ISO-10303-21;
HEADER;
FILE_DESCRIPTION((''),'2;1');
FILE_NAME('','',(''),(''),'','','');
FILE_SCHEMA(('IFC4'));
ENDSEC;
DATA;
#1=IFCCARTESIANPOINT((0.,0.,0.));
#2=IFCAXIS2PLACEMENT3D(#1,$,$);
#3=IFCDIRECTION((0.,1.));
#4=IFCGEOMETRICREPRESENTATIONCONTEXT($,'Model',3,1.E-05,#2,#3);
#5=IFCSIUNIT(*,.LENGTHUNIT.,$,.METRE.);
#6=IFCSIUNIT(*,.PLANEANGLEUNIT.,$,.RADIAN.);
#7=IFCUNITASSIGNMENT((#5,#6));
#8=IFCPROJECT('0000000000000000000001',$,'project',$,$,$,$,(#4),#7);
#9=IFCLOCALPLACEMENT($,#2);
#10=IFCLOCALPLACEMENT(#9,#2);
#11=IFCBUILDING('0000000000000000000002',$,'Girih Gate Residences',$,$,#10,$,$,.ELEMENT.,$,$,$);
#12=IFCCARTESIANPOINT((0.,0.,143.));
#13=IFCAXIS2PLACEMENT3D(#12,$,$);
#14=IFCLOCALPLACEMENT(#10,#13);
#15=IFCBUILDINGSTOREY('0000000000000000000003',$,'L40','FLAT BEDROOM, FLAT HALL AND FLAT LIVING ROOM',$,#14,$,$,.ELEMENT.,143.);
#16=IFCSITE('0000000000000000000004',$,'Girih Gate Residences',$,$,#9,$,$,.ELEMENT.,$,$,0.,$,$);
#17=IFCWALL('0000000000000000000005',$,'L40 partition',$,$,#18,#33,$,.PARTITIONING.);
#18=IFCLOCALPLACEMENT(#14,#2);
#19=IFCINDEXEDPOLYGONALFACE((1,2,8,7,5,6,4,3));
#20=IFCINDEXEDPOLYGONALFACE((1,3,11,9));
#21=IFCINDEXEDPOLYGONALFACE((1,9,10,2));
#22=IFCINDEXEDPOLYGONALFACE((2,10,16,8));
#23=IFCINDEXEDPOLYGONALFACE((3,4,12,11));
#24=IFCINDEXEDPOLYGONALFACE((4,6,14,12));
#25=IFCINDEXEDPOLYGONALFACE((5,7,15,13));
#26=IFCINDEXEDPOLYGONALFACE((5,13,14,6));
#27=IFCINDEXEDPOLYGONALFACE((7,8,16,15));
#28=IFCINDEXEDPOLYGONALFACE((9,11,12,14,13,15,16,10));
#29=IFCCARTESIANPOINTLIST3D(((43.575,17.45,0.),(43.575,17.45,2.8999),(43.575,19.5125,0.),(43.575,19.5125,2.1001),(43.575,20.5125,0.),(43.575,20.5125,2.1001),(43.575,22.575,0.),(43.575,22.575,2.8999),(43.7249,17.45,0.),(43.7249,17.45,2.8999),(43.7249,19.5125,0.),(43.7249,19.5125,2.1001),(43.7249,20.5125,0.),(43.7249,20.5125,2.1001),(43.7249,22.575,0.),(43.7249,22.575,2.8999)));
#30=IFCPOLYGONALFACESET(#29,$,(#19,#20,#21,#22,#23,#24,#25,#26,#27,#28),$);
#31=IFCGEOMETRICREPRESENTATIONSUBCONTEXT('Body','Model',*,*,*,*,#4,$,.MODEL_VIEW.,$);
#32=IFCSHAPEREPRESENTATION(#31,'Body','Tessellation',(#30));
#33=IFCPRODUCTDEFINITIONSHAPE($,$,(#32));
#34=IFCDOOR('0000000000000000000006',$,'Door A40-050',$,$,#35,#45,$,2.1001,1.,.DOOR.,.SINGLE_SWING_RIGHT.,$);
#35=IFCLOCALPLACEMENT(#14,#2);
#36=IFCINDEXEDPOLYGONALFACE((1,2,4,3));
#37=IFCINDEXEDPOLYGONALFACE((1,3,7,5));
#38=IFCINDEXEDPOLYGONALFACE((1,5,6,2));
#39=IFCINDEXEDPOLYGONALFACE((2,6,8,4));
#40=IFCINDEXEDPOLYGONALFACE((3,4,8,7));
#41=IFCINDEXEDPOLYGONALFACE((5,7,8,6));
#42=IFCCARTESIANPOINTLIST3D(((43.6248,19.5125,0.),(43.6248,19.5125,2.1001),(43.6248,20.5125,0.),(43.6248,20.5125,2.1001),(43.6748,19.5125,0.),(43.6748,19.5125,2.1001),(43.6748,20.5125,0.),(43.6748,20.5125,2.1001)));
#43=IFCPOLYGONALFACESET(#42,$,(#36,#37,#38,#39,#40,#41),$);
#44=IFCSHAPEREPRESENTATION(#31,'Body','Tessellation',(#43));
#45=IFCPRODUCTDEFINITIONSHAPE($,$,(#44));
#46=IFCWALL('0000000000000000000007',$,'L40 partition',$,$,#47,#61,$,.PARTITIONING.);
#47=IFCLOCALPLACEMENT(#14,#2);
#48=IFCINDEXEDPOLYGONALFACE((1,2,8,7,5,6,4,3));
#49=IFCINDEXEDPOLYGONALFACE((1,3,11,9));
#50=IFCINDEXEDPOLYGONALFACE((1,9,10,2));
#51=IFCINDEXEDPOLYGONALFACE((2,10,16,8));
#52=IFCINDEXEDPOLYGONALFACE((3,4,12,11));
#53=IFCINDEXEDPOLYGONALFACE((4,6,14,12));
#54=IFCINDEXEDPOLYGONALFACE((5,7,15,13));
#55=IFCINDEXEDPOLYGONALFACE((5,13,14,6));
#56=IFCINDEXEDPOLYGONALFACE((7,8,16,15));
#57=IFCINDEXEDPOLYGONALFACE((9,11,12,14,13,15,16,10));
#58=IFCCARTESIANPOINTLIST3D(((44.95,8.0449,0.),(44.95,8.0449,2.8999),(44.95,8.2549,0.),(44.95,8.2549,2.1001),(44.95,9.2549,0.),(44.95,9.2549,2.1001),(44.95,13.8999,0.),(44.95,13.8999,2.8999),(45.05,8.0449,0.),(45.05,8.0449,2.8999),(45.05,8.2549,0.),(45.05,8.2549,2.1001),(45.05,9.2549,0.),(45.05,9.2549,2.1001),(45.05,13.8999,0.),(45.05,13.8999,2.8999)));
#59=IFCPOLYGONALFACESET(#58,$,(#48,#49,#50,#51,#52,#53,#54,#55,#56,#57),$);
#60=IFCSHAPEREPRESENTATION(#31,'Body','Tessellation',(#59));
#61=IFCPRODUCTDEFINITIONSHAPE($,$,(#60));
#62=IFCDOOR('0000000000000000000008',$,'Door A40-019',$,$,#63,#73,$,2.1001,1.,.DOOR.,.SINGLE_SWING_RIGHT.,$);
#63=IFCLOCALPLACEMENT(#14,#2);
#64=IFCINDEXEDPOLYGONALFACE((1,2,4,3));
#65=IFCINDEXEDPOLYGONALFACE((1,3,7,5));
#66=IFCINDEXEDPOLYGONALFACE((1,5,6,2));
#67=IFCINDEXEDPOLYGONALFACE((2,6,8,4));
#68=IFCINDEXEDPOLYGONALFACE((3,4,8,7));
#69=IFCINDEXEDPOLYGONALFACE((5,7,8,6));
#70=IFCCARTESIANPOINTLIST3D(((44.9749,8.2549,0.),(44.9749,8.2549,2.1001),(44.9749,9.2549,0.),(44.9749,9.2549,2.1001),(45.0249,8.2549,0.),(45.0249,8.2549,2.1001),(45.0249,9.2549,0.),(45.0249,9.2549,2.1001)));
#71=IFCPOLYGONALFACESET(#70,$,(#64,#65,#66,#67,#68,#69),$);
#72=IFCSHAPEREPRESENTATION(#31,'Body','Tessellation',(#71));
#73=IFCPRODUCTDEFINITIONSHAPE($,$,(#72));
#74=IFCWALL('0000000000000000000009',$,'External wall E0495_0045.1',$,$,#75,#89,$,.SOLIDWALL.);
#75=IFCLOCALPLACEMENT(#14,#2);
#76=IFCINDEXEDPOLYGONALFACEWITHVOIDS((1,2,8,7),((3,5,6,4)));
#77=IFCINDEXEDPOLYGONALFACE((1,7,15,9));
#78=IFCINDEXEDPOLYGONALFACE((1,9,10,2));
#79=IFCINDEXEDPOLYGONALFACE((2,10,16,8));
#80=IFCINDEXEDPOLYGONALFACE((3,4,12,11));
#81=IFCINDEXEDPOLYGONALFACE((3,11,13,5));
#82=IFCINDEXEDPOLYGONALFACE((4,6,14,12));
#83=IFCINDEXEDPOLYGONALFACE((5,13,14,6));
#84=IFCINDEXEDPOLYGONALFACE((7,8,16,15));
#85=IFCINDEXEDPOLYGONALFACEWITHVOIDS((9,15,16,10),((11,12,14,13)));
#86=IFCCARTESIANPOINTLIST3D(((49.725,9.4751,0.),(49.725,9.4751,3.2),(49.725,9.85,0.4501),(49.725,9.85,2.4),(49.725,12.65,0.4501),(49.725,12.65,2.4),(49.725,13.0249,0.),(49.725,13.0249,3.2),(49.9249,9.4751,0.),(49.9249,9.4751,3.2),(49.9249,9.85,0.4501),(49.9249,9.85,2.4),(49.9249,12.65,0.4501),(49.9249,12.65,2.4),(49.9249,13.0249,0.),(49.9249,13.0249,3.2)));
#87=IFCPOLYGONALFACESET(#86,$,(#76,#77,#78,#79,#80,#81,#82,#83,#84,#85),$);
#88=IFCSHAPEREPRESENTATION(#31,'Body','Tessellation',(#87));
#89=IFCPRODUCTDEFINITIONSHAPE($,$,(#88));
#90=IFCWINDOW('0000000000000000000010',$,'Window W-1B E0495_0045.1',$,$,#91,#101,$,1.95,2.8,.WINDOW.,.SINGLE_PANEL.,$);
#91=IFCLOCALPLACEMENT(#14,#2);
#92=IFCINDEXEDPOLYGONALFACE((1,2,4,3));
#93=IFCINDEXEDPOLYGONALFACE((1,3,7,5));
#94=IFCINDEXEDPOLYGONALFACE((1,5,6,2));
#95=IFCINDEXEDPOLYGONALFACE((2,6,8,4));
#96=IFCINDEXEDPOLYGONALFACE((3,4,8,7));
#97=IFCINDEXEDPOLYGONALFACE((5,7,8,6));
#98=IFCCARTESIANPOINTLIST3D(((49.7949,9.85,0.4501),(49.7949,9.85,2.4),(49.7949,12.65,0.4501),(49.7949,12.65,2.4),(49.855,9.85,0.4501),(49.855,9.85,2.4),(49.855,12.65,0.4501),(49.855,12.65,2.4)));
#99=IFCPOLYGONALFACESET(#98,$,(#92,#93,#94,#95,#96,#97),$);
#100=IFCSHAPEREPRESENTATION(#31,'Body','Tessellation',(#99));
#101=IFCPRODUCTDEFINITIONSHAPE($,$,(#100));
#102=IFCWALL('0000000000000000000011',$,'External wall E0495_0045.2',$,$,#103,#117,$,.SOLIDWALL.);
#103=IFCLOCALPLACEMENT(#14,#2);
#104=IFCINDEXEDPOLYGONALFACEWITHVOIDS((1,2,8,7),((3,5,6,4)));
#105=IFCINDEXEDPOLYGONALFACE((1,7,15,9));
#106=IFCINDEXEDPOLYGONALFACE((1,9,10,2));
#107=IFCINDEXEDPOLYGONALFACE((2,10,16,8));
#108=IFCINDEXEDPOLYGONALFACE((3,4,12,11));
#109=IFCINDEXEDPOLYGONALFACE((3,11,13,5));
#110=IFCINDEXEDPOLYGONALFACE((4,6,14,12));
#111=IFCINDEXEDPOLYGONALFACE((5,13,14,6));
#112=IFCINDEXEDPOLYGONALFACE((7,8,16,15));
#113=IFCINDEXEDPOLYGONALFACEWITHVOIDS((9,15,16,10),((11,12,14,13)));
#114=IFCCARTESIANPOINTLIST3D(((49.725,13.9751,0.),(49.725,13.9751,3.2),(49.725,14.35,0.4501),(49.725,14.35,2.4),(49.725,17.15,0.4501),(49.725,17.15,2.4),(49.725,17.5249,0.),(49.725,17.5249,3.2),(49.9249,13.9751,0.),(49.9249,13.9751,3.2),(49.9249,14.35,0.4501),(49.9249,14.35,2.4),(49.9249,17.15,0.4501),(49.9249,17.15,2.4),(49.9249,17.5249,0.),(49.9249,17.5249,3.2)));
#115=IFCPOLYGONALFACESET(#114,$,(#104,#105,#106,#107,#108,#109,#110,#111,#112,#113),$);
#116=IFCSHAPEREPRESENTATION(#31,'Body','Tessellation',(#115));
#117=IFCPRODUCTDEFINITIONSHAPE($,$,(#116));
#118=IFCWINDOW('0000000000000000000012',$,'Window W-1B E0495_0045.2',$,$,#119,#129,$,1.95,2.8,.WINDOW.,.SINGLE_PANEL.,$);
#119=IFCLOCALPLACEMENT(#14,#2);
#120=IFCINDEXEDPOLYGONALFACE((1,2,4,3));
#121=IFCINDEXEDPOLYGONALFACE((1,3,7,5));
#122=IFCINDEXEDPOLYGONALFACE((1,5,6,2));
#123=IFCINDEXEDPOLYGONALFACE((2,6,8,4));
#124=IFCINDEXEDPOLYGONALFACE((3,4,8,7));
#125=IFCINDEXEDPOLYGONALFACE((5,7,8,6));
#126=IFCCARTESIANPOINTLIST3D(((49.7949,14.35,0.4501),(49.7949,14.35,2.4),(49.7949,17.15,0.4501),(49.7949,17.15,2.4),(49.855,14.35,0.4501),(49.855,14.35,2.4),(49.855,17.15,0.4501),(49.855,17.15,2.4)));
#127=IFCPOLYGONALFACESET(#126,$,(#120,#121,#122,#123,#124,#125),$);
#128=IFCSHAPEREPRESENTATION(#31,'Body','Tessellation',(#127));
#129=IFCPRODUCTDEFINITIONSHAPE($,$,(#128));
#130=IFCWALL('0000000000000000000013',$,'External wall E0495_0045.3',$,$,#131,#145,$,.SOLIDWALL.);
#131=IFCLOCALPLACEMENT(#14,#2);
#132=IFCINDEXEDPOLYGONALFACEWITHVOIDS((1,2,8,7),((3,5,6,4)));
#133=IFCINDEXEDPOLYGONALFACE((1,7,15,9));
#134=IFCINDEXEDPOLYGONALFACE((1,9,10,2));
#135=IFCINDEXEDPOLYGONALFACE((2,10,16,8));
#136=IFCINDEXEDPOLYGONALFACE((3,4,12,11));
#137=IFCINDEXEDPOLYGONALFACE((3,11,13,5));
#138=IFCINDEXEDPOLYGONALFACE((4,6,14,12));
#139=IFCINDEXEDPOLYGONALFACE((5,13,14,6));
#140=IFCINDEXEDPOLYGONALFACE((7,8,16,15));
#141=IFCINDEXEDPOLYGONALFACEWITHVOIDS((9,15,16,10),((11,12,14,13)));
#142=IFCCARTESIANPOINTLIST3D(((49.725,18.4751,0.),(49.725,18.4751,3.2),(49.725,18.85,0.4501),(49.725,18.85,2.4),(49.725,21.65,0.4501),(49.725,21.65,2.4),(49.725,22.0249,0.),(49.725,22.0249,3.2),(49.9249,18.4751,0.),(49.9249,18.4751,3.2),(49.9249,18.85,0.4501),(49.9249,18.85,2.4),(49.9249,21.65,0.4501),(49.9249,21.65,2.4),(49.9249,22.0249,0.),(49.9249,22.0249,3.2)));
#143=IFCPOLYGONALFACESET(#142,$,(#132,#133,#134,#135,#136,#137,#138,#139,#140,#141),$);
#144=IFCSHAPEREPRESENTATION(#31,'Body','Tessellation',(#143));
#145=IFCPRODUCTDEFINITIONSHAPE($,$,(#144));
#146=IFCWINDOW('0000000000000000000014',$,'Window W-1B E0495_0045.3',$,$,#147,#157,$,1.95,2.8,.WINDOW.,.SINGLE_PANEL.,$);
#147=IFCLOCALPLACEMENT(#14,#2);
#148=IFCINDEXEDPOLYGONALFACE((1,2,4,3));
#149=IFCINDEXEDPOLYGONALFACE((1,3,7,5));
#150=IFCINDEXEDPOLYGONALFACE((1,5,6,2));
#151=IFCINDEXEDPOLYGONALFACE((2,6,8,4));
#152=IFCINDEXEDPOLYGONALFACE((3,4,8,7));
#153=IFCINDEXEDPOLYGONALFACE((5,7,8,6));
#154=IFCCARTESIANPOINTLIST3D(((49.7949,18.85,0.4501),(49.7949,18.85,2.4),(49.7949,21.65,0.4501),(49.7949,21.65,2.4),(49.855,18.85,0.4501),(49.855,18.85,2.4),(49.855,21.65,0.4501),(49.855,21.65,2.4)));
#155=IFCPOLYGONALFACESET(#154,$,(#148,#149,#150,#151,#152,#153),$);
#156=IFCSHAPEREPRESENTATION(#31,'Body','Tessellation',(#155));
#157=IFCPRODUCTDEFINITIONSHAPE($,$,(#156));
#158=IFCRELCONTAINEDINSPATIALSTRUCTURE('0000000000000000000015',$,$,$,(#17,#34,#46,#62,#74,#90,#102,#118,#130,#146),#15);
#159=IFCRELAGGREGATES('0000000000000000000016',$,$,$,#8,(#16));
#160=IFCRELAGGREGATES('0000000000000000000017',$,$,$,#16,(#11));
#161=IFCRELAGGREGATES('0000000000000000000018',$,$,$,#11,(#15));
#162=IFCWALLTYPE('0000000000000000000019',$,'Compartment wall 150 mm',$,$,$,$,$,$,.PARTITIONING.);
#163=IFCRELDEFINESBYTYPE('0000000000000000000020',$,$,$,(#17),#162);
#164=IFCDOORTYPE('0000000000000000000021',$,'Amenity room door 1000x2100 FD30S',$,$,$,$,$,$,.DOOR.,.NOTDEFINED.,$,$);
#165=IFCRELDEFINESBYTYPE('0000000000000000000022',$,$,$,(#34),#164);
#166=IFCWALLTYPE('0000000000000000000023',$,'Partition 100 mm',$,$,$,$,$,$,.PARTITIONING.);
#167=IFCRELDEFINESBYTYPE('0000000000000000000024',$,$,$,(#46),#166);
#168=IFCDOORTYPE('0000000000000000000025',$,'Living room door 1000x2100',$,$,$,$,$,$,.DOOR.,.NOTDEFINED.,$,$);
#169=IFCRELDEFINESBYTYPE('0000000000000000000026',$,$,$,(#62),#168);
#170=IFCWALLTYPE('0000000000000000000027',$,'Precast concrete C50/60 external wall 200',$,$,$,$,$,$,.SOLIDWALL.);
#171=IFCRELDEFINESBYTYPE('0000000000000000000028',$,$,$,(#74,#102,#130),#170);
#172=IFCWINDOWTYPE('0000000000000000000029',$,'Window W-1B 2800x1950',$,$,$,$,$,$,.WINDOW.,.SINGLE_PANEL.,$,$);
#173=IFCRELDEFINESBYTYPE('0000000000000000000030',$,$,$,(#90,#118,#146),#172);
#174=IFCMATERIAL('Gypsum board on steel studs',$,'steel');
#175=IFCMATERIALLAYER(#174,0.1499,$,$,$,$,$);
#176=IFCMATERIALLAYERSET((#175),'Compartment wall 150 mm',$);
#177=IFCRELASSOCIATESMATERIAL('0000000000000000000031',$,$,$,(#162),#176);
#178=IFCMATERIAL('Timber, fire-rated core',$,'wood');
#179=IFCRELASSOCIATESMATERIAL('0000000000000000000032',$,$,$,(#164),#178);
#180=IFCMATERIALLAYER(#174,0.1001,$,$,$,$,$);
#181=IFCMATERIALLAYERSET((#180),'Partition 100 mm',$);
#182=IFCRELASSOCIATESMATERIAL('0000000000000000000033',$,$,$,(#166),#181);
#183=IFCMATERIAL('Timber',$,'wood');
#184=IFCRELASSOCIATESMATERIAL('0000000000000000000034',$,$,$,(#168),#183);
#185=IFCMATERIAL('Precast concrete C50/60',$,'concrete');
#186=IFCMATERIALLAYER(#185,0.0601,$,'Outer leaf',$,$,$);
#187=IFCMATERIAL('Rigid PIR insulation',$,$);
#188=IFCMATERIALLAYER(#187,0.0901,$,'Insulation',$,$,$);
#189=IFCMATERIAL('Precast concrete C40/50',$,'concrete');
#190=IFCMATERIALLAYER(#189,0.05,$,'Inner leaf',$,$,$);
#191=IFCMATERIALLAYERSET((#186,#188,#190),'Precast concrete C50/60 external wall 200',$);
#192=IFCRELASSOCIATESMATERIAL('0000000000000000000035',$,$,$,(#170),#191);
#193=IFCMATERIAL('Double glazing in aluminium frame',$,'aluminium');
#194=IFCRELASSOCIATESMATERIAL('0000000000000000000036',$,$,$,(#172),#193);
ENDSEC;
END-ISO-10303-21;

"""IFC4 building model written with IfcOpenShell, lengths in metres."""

from ifc_helpers import new_model, si_unit, direction, frame, frame_2d, origin, place, context, subcontext, project, spatial, rectangle, extrude, material, layer, layer_set, type_object, element, fill, save


model = new_model("IFC4")

# Units and contexts
model_context = context("Model", 3, precision=1e-05, world=origin(), true_north=direction((0.0, 1.0)))
body_context = subcontext(model_context, "Body", "Model", "MODEL_VIEW")
ifc_project = project(units=[si_unit("LENGTHUNIT", "METRE"), si_unit("PLANEANGLEUNIT", "RADIAN")], contexts=[model_context])

# Site, building, storey
site_placement = place(None, origin())
site = spatial("IfcSite", under=ifc_project, at=site_placement, Name="Girih Gate Residences", CompositionType="ELEMENT", RefElevation=0.0)
building_placement = place(site_placement, origin())
building = spatial("IfcBuilding", under=site, at=building_placement, Name="Girih Gate Residences", CompositionType="ELEMENT")
storey_placement = place(building_placement, frame((0.0, 0.0, 143.0)))
storey = spatial("IfcBuildingStorey", under=building, at=storey_placement, Name="L40", Description="FLAT BEDROOM, FLAT HALL AND FLAT LIVING ROOM", CompositionType="ELEMENT", Elevation=143.0)

# Shared definitions
ifc_material_1 = material(Name="Gypsum board on steel studs", Category="steel")
ifc_layer_1 = layer(ifc_material_1, 0.1499)
ifc_layer_set_1 = layer_set([ifc_layer_1], Name="Compartment wall 150 mm")
wall_type_1 = type_object("IfcWallType", Name="Compartment wall 150 mm", PredefinedType="PARTITIONING", material=ifc_layer_set_1)
ifc_material_2 = material(Name="Timber, fire-rated core", Category="wood")

# Walls, openings, doors
wall_1_placement = place(storey_placement, frame((43.6499, 22.575, 0.0), z_axis=(0.0, 0.0, 1.0), x_axis=(0.0, -1.0, 0.0)))
wall_1 = element("IfcWall", 1, at=wall_1_placement, inside=storey, type_object=wall_type_1, Name="L40 partition", PredefinedType="PARTITIONING", context=body_context, shape_type="SweptSolid", body=[
    extrude(rectangle(XDim=5.125, YDim=0.1499, at=frame_2d((2.5625, 0.0))), origin(), (0.0, 0.0, 1.0), 2.8999),
])
opening_1_placement = place(wall_1_placement, frame((2.0625, 0.0, 0.0)))
opening_1 = element("IfcOpeningElement", 2, at=opening_1_placement, cuts=wall_1, PredefinedType="OPENING", context=body_context, shape_type="SweptSolid", body=[
    extrude(rectangle(XDim=1.0, YDim=2.1001, at=frame_2d((0.5, 1.05))), frame((0.0, 0.085, 0.0), z_axis=(0.0, -1.0, 0.0), x_axis=(1.0, 0.0, 0.0)), (0.0, 0.0, 1.0), 0.1699),
])
door_type_1 = type_object("IfcDoorType", Name="Amenity room door 1000x2100 FD30S", OperationType="NOTDEFINED", PredefinedType="DOOR", material=ifc_material_2)
door_1_placement = place(opening_1_placement, origin())
door_1 = element("IfcDoor", 3, at=door_1_placement, inside=storey, type_object=door_type_1, Name="Door A40-050", OperationType="SINGLE_SWING_RIGHT", OverallHeight=2.1001, OverallWidth=1.0, PredefinedType="DOOR", context=body_context, shape_type="SweptSolid", body=[
    extrude(rectangle(XDim=1.0, YDim=2.1001, at=frame_2d((0.5, 1.05))), frame((0.0, 0.0249, 0.0), z_axis=(0.0, -1.0, 0.0), x_axis=(1.0, 0.0, 0.0)), (0.0, 0.0, 1.0), 0.05),
])
fill(opening_1, door_1)
ifc_layer_2 = layer(ifc_material_1, 0.1001)
ifc_layer_set_2 = layer_set([ifc_layer_2], Name="Partition 100 mm")
wall_type_2 = type_object("IfcWallType", Name="Partition 100 mm", PredefinedType="PARTITIONING", material=ifc_layer_set_2)
wall_2_placement = place(storey_placement, frame((45.0, 13.8999, 0.0), z_axis=(0.0, 0.0, 1.0), x_axis=(0.0, -1.0, 0.0)))
wall_2 = element("IfcWall", 4, at=wall_2_placement, inside=storey, type_object=wall_type_2, Name="L40 partition", PredefinedType="PARTITIONING", context=body_context, shape_type="SweptSolid", body=[
    extrude(rectangle(XDim=5.855, YDim=0.1001, at=frame_2d((2.9275, 0.0))), origin(), (0.0, 0.0, 1.0), 2.8999),
])
opening_2_placement = place(wall_2_placement, frame((4.645, 0.0, 0.0)))
opening_2 = element("IfcOpeningElement", 5, at=opening_2_placement, cuts=wall_2, PredefinedType="OPENING", context=body_context, shape_type="SweptSolid", body=[
    extrude(rectangle(XDim=1.0, YDim=2.1001, at=frame_2d((0.5, 1.05))), frame((0.0, 0.0601, 0.0), z_axis=(0.0, -1.0, 0.0), x_axis=(1.0, 0.0, 0.0)), (0.0, 0.0, 1.0), 0.1201),
])
ifc_material_3 = material(Name="Timber", Category="wood")
door_type_2 = type_object("IfcDoorType", Name="Living room door 1000x2100", OperationType="NOTDEFINED", PredefinedType="DOOR", material=ifc_material_3)
door_2_placement = place(opening_2_placement, origin())
door_2 = element("IfcDoor", 6, at=door_2_placement, inside=storey, type_object=door_type_2, Name="Door A40-019", OperationType="SINGLE_SWING_RIGHT", OverallHeight=2.1001, OverallWidth=1.0, PredefinedType="DOOR", context=body_context, shape_type="SweptSolid", body=[
    extrude(rectangle(XDim=1.0, YDim=2.1001, at=frame_2d((0.5, 1.05))), frame((0.0, 0.0249, 0.0), z_axis=(0.0, -1.0, 0.0), x_axis=(1.0, 0.0, 0.0)), (0.0, 0.0, 1.0), 0.05),
])
fill(opening_2, door_2)

# Walls, openings, windows
ifc_material_4 = material(Name="Precast concrete C50/60", Category="concrete")
ifc_layer_3 = layer(ifc_material_4, 0.0601, Name="Outer leaf")
ifc_material_5 = material(Name="Rigid PIR insulation")
ifc_layer_4 = layer(ifc_material_5, 0.0901, Name="Insulation")
ifc_material_6 = material(Name="Precast concrete C40/50", Category="concrete")
ifc_layer_5 = layer(ifc_material_6, 0.05, Name="Inner leaf")
ifc_layer_set_3 = layer_set([ifc_layer_3, ifc_layer_4, ifc_layer_5], Name="Precast concrete C50/60 external wall 200")
wall_type_3 = type_object("IfcWallType", Name="Precast concrete C50/60 external wall 200", PredefinedType="SOLIDWALL", material=ifc_layer_set_3)
wall_3_placement = place(storey_placement, frame((49.825, 13.0249, 0.0), z_axis=(0.0, 0.0, 1.0), x_axis=(0.0, -1.0, 0.0)))
wall_3 = element("IfcWall", 7, at=wall_3_placement, inside=storey, type_object=wall_type_3, Name="External wall E0495_0045.1", PredefinedType="SOLIDWALL", context=body_context, shape_type="SweptSolid", body=[
    extrude(rectangle(XDim=3.5498, YDim=0.2, at=frame_2d((1.7749, 0.0))), origin(), (0.0, 0.0, 1.0), 3.2),
])
opening_3_placement = place(wall_3_placement, frame((0.375, 0.0, 0.45)))
opening_3 = element("IfcOpeningElement", 8, at=opening_3_placement, cuts=wall_3, PredefinedType="OPENING", context=body_context, shape_type="SweptSolid", body=[
    extrude(rectangle(XDim=2.8, YDim=1.95, at=frame_2d((1.3999, 0.9751))), frame((0.0, 0.1099, 0.0), z_axis=(0.0, -1.0, 0.0), x_axis=(1.0, 0.0, 0.0)), (0.0, 0.0, 1.0), 0.22),
])
ifc_material_7 = material(Name="Double glazing in aluminium frame", Category="aluminium")
window_type = type_object("IfcWindowType", Name="Window W-1B 2800x1950", PartitioningType="SINGLE_PANEL", PredefinedType="WINDOW", material=ifc_material_7)
window_1_placement = place(opening_3_placement, origin())
window_1 = element("IfcWindow", 9, at=window_1_placement, inside=storey, type_object=window_type, Name="Window W-1B E0495_0045.1", OverallHeight=1.95, OverallWidth=2.8, PartitioningType="SINGLE_PANEL", PredefinedType="WINDOW", context=body_context, shape_type="SweptSolid", body=[
    extrude(rectangle(XDim=2.8, YDim=1.95, at=frame_2d((1.3999, 0.9751))), frame((0.0, 0.03, 0.0), z_axis=(0.0, -1.0, 0.0), x_axis=(1.0, 0.0, 0.0)), (0.0, 0.0, 1.0), 0.0601),
])
fill(opening_3, window_1)
wall_4_placement = place(storey_placement, frame((49.825, 17.5249, 0.0), z_axis=(0.0, 0.0, 1.0), x_axis=(0.0, -1.0, 0.0)))
wall_4 = element("IfcWall", 10, at=wall_4_placement, inside=storey, type_object=wall_type_3, Name="External wall E0495_0045.2", PredefinedType="SOLIDWALL", context=body_context, shape_type="SweptSolid", body=[
    extrude(rectangle(XDim=3.5498, YDim=0.2, at=frame_2d((1.7749, 0.0))), origin(), (0.0, 0.0, 1.0), 3.2),
])
opening_4_placement = place(wall_4_placement, frame((0.375, 0.0, 0.45)))
opening_4 = element("IfcOpeningElement", 11, at=opening_4_placement, cuts=wall_4, PredefinedType="OPENING", context=body_context, shape_type="SweptSolid", body=[
    extrude(rectangle(XDim=2.8, YDim=1.95, at=frame_2d((1.3999, 0.9751))), frame((0.0, 0.1099, 0.0), z_axis=(0.0, -1.0, 0.0), x_axis=(1.0, 0.0, 0.0)), (0.0, 0.0, 1.0), 0.22),
])
window_2_placement = place(opening_4_placement, origin())
window_2 = element("IfcWindow", 12, at=window_2_placement, inside=storey, type_object=window_type, Name="Window W-1B E0495_0045.2", OverallHeight=1.95, OverallWidth=2.8, PartitioningType="SINGLE_PANEL", PredefinedType="WINDOW", context=body_context, shape_type="SweptSolid", body=[
    extrude(rectangle(XDim=2.8, YDim=1.95, at=frame_2d((1.3999, 0.9751))), frame((0.0, 0.03, 0.0), z_axis=(0.0, -1.0, 0.0), x_axis=(1.0, 0.0, 0.0)), (0.0, 0.0, 1.0), 0.0601),
])
fill(opening_4, window_2)
wall_5_placement = place(storey_placement, frame((49.825, 22.0249, 0.0), z_axis=(0.0, 0.0, 1.0), x_axis=(0.0, -1.0, 0.0)))
wall_5 = element("IfcWall", 13, at=wall_5_placement, inside=storey, type_object=wall_type_3, Name="External wall E0495_0045.3", PredefinedType="SOLIDWALL", context=body_context, shape_type="SweptSolid", body=[
    extrude(rectangle(XDim=3.5498, YDim=0.2, at=frame_2d((1.7749, 0.0))), origin(), (0.0, 0.0, 1.0), 3.2),
])
opening_5_placement = place(wall_5_placement, frame((0.375, 0.0, 0.45)))
opening_5 = element("IfcOpeningElement", 14, at=opening_5_placement, cuts=wall_5, PredefinedType="OPENING", context=body_context, shape_type="SweptSolid", body=[
    extrude(rectangle(XDim=2.8, YDim=1.95, at=frame_2d((1.3999, 0.9751))), frame((0.0, 0.1099, 0.0), z_axis=(0.0, -1.0, 0.0), x_axis=(1.0, 0.0, 0.0)), (0.0, 0.0, 1.0), 0.22),
])
window_3_placement = place(opening_5_placement, origin())
window_3 = element("IfcWindow", 15, at=window_3_placement, inside=storey, type_object=window_type, Name="Window W-1B E0495_0045.3", OverallHeight=1.95, OverallWidth=2.8, PartitioningType="SINGLE_PANEL", PredefinedType="WINDOW", context=body_context, shape_type="SweptSolid", body=[
    extrude(rectangle(XDim=2.8, YDim=1.95, at=frame_2d((1.3999, 0.9751))), frame((0.0, 0.03, 0.0), z_axis=(0.0, -1.0, 0.0), x_axis=(1.0, 0.0, 0.0)), (0.0, 0.0, 1.0), 0.0601),
])
fill(opening_5, window_3)

save(model, "model.ifc")
